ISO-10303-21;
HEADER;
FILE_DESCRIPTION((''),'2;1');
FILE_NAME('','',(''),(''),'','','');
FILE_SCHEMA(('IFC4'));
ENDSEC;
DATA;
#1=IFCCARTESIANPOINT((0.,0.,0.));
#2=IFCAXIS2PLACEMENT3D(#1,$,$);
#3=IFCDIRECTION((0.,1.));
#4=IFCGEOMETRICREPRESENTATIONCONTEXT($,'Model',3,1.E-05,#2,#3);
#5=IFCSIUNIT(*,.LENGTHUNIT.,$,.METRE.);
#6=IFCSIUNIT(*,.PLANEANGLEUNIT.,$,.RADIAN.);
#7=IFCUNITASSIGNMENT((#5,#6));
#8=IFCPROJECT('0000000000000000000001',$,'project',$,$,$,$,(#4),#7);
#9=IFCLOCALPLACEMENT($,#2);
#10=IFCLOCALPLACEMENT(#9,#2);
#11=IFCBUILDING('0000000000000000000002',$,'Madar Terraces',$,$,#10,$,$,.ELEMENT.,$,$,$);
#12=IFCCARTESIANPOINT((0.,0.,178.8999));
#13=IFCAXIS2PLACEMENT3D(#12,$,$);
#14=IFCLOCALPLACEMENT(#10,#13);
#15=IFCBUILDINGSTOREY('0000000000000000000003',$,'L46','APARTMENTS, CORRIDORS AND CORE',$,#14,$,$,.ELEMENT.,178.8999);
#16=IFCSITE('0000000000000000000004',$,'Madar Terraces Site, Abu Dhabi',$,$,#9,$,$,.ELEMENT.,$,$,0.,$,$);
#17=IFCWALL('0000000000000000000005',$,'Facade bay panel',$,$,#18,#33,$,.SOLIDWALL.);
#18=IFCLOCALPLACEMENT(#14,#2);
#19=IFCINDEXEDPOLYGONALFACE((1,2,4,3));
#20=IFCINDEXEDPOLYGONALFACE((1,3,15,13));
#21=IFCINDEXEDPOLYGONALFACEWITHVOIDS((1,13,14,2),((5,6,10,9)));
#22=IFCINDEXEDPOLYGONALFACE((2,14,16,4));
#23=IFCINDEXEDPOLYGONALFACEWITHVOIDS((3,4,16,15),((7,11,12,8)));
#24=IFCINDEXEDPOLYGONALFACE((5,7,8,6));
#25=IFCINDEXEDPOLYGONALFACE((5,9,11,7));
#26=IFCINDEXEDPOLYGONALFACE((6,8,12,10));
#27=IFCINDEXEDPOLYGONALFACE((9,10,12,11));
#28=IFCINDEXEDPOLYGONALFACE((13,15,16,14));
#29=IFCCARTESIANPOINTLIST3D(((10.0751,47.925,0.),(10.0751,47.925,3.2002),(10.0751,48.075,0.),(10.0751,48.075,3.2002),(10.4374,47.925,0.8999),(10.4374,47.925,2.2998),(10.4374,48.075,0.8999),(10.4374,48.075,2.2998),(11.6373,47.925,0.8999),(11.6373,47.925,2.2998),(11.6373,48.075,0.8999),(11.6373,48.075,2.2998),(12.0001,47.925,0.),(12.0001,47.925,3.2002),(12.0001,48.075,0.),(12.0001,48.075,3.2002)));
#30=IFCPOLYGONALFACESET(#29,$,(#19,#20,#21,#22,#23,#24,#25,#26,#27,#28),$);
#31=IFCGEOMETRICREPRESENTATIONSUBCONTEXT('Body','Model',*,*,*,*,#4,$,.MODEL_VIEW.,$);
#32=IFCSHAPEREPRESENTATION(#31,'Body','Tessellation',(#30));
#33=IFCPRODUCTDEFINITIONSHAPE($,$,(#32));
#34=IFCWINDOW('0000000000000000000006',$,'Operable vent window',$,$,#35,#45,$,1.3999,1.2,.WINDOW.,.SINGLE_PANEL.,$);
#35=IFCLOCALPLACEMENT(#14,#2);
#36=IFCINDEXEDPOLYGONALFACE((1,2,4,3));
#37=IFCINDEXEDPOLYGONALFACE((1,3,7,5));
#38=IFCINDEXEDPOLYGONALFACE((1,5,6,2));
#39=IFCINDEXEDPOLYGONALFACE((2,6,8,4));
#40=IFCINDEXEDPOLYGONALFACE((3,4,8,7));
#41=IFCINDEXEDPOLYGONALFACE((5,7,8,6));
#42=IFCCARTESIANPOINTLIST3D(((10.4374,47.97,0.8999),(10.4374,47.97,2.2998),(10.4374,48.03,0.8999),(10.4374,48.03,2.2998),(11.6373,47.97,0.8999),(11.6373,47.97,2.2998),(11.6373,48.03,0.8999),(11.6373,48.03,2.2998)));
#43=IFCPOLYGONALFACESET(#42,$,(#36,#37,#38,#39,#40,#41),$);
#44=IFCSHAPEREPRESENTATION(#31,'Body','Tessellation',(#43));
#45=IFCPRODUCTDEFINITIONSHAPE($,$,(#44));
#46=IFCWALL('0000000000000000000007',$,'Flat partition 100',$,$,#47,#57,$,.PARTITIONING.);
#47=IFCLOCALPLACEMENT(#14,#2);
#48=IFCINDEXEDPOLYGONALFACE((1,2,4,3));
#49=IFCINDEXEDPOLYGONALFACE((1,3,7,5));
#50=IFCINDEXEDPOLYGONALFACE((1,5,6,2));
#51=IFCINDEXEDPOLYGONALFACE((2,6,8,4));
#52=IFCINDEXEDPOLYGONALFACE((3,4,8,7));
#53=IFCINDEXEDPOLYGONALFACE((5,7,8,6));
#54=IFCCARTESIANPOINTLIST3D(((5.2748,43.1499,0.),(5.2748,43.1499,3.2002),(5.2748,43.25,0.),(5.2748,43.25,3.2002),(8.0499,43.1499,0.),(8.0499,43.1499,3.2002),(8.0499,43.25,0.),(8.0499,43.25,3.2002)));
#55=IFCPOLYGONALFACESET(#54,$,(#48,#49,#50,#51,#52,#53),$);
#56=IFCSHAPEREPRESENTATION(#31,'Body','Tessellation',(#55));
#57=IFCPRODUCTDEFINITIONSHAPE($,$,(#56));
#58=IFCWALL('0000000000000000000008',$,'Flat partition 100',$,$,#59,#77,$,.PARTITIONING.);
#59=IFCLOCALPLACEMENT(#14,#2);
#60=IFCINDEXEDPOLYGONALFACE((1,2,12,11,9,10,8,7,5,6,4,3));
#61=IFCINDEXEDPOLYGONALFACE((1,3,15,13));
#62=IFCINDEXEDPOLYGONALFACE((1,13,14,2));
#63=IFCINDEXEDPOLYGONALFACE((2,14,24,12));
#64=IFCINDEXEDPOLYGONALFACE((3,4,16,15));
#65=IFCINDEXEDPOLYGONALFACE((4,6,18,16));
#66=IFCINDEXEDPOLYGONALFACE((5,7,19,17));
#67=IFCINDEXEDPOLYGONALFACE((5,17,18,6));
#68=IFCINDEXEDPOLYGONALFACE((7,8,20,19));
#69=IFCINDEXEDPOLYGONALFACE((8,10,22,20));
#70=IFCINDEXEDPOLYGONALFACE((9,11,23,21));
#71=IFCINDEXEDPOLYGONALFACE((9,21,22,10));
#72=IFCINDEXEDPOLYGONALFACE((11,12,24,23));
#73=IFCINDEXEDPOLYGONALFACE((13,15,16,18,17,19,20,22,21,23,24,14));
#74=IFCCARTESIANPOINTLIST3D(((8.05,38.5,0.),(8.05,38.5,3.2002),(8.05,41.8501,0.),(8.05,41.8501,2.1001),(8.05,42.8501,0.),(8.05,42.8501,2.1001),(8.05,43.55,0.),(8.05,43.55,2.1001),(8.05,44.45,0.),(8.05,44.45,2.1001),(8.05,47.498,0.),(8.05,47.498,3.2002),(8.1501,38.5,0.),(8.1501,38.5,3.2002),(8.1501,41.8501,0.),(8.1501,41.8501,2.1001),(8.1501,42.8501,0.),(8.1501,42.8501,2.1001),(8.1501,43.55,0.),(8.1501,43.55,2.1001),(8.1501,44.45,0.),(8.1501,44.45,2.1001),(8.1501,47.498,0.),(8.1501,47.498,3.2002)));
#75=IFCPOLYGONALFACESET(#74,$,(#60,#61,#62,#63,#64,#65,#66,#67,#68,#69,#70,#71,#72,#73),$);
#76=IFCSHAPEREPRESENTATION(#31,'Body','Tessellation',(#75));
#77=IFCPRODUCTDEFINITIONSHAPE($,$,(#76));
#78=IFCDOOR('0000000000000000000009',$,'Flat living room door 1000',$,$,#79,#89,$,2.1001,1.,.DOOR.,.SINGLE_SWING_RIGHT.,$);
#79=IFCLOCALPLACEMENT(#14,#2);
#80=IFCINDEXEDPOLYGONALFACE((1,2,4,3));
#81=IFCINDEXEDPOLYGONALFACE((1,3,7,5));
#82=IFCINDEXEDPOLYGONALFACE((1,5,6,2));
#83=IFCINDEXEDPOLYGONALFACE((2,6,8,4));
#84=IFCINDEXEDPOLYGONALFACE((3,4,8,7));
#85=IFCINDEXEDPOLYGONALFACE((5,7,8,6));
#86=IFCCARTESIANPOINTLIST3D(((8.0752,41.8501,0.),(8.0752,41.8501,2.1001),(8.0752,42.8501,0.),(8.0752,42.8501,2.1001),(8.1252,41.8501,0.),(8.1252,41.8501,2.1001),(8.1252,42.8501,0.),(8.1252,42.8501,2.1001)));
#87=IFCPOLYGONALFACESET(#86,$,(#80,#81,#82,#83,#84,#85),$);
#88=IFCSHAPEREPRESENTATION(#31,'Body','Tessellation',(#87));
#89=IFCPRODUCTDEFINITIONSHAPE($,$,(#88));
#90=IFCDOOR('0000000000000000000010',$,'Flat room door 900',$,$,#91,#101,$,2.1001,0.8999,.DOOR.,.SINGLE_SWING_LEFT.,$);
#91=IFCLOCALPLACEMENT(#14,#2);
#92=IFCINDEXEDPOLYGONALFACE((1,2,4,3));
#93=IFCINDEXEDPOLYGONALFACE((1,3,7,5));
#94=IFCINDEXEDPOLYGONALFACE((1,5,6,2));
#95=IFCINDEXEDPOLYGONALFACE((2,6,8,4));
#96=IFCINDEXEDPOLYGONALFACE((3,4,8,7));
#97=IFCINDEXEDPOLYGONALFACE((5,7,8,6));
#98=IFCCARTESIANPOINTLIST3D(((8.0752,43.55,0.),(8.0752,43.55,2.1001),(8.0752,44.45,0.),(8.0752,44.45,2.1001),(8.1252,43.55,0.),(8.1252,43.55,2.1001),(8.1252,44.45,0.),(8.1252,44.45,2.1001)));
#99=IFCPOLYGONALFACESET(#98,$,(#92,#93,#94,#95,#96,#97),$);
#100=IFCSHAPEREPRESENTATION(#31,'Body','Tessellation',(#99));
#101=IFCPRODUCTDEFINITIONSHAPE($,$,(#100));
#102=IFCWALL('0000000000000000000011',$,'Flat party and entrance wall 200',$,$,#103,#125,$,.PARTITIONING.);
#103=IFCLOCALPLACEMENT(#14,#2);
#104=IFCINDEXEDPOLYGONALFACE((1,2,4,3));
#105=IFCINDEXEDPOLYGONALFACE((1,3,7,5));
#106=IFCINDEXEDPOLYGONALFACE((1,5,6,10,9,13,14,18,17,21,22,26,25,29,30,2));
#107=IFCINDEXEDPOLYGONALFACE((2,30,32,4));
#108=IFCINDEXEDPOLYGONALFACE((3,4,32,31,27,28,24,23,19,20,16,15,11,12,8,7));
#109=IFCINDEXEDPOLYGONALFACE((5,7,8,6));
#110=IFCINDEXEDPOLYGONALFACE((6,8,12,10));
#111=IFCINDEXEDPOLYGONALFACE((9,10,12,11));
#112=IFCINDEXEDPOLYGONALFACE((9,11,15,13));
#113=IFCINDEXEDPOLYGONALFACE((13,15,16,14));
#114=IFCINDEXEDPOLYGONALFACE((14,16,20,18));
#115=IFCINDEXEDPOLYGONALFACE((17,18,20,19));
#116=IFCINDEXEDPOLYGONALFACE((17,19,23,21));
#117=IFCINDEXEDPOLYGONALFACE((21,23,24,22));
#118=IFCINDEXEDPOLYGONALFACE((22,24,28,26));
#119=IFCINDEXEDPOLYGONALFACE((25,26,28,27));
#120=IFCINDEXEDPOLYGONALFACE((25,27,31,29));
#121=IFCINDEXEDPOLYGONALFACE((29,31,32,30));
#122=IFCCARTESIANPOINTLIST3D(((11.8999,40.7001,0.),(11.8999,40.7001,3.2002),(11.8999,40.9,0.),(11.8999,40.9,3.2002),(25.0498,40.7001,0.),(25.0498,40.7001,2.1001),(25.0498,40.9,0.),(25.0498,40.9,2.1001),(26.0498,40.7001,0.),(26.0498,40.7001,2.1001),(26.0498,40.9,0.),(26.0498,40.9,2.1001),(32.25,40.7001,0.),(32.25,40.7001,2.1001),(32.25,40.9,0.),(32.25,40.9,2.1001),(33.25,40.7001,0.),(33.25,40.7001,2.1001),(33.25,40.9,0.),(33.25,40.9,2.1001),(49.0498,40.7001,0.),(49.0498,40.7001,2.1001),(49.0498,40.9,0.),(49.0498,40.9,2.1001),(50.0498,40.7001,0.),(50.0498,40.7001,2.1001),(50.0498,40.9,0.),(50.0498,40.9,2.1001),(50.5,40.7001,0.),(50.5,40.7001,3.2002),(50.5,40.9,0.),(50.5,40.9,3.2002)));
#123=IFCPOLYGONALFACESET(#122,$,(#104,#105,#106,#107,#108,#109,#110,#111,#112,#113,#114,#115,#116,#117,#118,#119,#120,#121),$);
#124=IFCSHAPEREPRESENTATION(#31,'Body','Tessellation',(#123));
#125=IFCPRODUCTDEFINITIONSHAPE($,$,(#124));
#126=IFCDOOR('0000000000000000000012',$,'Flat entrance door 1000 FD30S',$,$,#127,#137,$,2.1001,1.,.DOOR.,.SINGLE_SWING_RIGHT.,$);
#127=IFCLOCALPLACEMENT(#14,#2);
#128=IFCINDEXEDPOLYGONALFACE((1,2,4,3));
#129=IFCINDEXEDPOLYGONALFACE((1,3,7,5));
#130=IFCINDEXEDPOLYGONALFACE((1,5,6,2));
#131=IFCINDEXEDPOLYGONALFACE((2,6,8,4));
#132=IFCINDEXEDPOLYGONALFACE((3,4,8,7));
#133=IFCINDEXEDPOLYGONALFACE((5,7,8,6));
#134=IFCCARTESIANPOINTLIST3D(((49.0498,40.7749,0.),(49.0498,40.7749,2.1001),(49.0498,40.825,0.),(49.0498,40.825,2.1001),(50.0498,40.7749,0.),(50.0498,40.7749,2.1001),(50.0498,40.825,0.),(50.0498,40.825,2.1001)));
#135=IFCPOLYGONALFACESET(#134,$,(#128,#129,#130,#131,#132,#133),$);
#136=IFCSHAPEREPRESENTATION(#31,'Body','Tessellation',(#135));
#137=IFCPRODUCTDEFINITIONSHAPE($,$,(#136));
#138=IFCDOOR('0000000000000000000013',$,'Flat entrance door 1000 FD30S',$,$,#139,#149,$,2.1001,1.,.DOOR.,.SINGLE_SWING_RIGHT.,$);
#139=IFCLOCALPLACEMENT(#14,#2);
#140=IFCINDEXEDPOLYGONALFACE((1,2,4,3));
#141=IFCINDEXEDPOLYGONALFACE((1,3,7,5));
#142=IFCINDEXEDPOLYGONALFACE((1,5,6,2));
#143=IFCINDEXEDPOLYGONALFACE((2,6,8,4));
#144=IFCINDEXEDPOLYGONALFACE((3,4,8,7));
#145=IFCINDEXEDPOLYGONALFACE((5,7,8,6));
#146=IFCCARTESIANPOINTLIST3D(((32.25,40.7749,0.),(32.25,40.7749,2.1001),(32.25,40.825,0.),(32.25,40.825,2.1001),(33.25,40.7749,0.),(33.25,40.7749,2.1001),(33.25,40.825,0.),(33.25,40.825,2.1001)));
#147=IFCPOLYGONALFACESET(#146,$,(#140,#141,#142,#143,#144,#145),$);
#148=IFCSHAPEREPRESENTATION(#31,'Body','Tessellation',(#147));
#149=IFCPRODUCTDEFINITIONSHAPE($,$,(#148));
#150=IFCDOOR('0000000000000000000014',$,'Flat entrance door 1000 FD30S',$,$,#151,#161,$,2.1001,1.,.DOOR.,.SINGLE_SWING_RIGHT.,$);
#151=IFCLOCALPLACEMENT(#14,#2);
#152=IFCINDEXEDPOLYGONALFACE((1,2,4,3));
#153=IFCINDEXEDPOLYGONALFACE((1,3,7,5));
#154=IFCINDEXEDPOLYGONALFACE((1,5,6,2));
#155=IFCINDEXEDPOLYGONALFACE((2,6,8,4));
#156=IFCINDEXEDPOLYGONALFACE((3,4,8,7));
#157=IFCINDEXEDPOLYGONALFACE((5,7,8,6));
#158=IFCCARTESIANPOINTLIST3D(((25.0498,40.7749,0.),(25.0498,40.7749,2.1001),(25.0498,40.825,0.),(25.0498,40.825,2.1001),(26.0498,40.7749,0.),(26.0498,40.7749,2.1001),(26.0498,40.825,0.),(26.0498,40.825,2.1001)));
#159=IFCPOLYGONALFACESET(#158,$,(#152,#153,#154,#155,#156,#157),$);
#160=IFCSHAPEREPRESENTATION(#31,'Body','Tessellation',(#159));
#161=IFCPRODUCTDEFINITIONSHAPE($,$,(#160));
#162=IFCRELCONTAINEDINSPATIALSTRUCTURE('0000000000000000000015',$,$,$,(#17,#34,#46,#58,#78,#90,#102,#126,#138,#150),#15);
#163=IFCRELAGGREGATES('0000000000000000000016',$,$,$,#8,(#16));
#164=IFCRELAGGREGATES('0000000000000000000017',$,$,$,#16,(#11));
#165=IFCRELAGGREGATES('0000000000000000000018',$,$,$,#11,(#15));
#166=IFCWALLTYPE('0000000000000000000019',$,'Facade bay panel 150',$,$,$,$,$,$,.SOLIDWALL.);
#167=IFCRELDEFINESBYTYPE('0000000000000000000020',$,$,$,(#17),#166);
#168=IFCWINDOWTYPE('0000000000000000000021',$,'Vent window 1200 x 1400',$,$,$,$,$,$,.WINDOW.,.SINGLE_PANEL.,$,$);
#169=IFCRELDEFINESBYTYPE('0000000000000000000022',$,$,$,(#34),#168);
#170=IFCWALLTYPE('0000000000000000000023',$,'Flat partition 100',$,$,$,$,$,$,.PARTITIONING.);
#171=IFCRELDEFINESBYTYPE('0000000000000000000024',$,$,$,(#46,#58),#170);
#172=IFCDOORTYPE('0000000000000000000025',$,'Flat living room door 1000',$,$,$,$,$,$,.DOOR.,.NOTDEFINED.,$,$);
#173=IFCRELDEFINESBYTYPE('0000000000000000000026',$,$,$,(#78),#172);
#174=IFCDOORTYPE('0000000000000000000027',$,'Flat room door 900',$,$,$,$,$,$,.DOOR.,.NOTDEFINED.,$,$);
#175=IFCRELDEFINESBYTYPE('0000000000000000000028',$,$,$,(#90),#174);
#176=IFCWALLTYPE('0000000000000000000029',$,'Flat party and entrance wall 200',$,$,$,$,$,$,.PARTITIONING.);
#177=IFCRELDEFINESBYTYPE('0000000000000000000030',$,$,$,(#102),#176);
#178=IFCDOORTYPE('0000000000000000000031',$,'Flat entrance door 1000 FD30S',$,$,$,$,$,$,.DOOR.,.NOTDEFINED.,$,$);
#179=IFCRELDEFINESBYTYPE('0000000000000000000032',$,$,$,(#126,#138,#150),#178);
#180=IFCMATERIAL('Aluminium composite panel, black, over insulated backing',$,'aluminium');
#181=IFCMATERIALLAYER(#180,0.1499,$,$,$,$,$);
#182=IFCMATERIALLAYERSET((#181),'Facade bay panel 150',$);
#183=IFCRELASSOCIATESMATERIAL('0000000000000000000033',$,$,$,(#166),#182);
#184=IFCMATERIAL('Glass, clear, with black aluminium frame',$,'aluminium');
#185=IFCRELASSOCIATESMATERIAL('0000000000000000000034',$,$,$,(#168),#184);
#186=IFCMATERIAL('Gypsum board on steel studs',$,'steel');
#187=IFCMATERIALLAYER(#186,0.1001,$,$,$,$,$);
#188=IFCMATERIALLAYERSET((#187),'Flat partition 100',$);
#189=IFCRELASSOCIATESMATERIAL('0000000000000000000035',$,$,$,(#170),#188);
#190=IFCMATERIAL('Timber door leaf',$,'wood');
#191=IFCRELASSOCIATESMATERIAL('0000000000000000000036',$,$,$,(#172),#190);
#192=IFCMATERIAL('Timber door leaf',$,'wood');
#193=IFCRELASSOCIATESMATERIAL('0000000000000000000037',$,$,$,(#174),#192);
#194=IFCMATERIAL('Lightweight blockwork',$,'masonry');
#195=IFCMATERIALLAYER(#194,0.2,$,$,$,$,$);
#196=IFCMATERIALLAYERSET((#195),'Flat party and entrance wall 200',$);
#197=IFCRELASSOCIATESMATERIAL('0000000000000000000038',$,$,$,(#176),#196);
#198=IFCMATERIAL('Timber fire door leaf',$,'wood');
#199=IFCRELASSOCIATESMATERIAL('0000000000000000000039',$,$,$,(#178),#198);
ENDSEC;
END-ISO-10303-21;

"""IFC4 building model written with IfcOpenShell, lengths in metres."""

from ifc_helpers import new_model, si_unit, direction, frame, frame_2d, origin, place, context, subcontext, project, spatial, rectangle, extrude, material, layer, layer_set, type_object, element, fill, save


model = new_model("IFC4")

# Units and contexts
model_context = context("Model", 3, precision=1e-05, world=origin(), true_north=direction((0.0, 1.0)))
body_context = subcontext(model_context, "Body", "Model", "MODEL_VIEW")
ifc_project = project(units=[si_unit("LENGTHUNIT", "METRE"), si_unit("PLANEANGLEUNIT", "RADIAN")], contexts=[model_context])

# Site, building, storey
site_placement = place(None, origin())
site = spatial("IfcSite", under=ifc_project, at=site_placement, Name="Madar Terraces Site, Abu Dhabi", CompositionType="ELEMENT", RefElevation=0.0)
building_placement = place(site_placement, origin())
building = spatial("IfcBuilding", under=site, at=building_placement, Name="Madar Terraces", CompositionType="ELEMENT")
storey_placement = place(building_placement, frame((0.0, 0.0, 178.8999)))
storey = spatial("IfcBuildingStorey", under=building, at=storey_placement, Name="L46", Description="APARTMENTS, CORRIDORS AND CORE", CompositionType="ELEMENT", Elevation=178.8999)

# Wall, opening, window
ifc_material_1 = material(Name="Aluminium composite panel, black, over insulated backing", Category="aluminium")
ifc_layer_1 = layer(ifc_material_1, 0.1499)
ifc_layer_set_1 = layer_set([ifc_layer_1], Name="Facade bay panel 150")
wall_type_1 = type_object("IfcWallType", Name="Facade bay panel 150", PredefinedType="SOLIDWALL", material=ifc_layer_set_1)
wall_1_placement = place(storey_placement, frame((12.0, 48.0, 0.0), z_axis=(0.0, 0.0, 1.0), x_axis=(-1.0, 0.0, 0.0)))
wall_1 = element("IfcWall", 1, at=wall_1_placement, inside=storey, type_object=wall_type_1, Name="Facade bay panel", PredefinedType="SOLIDWALL", context=body_context, shape_type="SweptSolid", body=[
    extrude(rectangle(XDim=1.925, YDim=0.1499, at=frame_2d((0.9624, 0.0))), origin(), (0.0, 0.0, 1.0), 3.2002),
])
opening_1_placement = place(wall_1_placement, frame((0.3625, 0.0, 0.8999)))
opening_1 = element("IfcOpeningElement", 2, at=opening_1_placement, cuts=wall_1, PredefinedType="OPENING", context=body_context, shape_type="SweptSolid", body=[
    extrude(rectangle(XDim=1.2, YDim=1.3999, at=frame_2d((0.6001, 0.7))), frame((0.0, 0.085, 0.0), z_axis=(0.0, -1.0, 0.0), x_axis=(1.0, 0.0, 0.0)), (0.0, 0.0, 1.0), 0.1699),
])
ifc_material_2 = material(Name="Glass, clear, with black aluminium frame", Category="aluminium")
window_type = type_object("IfcWindowType", Name="Vent window 1200 x 1400", PartitioningType="SINGLE_PANEL", PredefinedType="WINDOW", material=ifc_material_2)
window_placement = place(opening_1_placement, origin())
window = element("IfcWindow", 3, at=window_placement, inside=storey, type_object=window_type, Name="Operable vent window", OverallHeight=1.3999, OverallWidth=1.2, PartitioningType="SINGLE_PANEL", PredefinedType="WINDOW", context=body_context, shape_type="SweptSolid", body=[
    extrude(rectangle(XDim=1.2, YDim=1.3999, at=frame_2d((0.6001, 0.7))), frame((0.0, 0.03, 0.0), z_axis=(0.0, -1.0, 0.0), x_axis=(1.0, 0.0, 0.0)), (0.0, 0.0, 1.0), 0.0601),
])
fill(opening_1, window)

# Wall
ifc_material_3 = material(Name="Gypsum board on steel studs", Category="steel")
ifc_layer_2 = layer(ifc_material_3, 0.1001)
ifc_layer_set_2 = layer_set([ifc_layer_2], Name="Flat partition 100")
wall_type_2 = type_object("IfcWallType", Name="Flat partition 100", PredefinedType="PARTITIONING", material=ifc_layer_set_2)
wall_2_placement = place(storey_placement, frame((8.05, 43.2, 0.0), z_axis=(0.0, 0.0, 1.0), x_axis=(-1.0, 0.0, 0.0)))
element("IfcWall", 4, at=wall_2_placement, inside=storey, type_object=wall_type_2, Name="Flat partition 100", PredefinedType="PARTITIONING", context=body_context, shape_type="SweptSolid", body=[
    extrude(rectangle(XDim=2.7751, YDim=0.1001, at=frame_2d((1.3877, 0.0))), origin(), (0.0, 0.0, 1.0), 3.2002),
])

# Walls, openings, doors
wall_3_placement = place(storey_placement, frame((8.1001, 38.5, 0.0), z_axis=(0.0, 0.0, 1.0), x_axis=(0.0, 1.0, 0.0)))
wall_3 = element("IfcWall", 5, at=wall_3_placement, inside=storey, type_object=wall_type_2, Name="Flat partition 100", PredefinedType="PARTITIONING", context=body_context, shape_type="SweptSolid", body=[
    extrude(rectangle(XDim=8.998, YDim=0.1001, at=frame_2d((4.499, 0.0))), origin(), (0.0, 0.0, 1.0), 3.2002),
])
opening_2_placement = place(wall_3_placement, frame((3.3501, 0.0, 0.0)))
opening_2 = element("IfcOpeningElement", 6, at=opening_2_placement, cuts=wall_3, PredefinedType="OPENING", context=body_context, shape_type="SweptSolid", body=[
    extrude(rectangle(XDim=1.0, YDim=2.1001, at=frame_2d((0.5, 1.05))), frame((0.0, 0.0601, 0.0), z_axis=(0.0, -1.0, 0.0), x_axis=(1.0, 0.0, 0.0)), (0.0, 0.0, 1.0), 0.1201),
])
opening_3_placement = place(wall_3_placement, frame((5.05, 0.0, 0.0)))
opening_3 = element("IfcOpeningElement", 7, at=opening_3_placement, cuts=wall_3, PredefinedType="OPENING", context=body_context, shape_type="SweptSolid", body=[
    extrude(rectangle(XDim=0.8999, YDim=2.1001, at=frame_2d((0.45, 1.05))), frame((0.0, 0.0601, 0.0), z_axis=(0.0, -1.0, 0.0), x_axis=(1.0, 0.0, 0.0)), (0.0, 0.0, 1.0), 0.1201),
])
ifc_material_4 = material(Name="Timber door leaf", Category="wood")
door_type_1 = type_object("IfcDoorType", Name="Flat living room door 1000", OperationType="NOTDEFINED", PredefinedType="DOOR", material=ifc_material_4)
door_1_placement = place(opening_2_placement, origin())
door_1 = element("IfcDoor", 8, at=door_1_placement, inside=storey, type_object=door_type_1, Name="Flat living room door 1000", OperationType="SINGLE_SWING_RIGHT", OverallHeight=2.1001, OverallWidth=1.0, PredefinedType="DOOR", context=body_context, shape_type="SweptSolid", body=[
    extrude(rectangle(XDim=1.0, YDim=2.1001, at=frame_2d((0.5, 1.05))), frame((0.0, 0.0249, 0.0), z_axis=(0.0, -1.0, 0.0), x_axis=(1.0, 0.0, 0.0)), (0.0, 0.0, 1.0), 0.05),
])
fill(opening_2, door_1)
ifc_material_5 = material(Name="Timber door leaf", Category="wood")
door_type_2 = type_object("IfcDoorType", Name="Flat room door 900", OperationType="NOTDEFINED", PredefinedType="DOOR", material=ifc_material_5)
door_2_placement = place(opening_3_placement, origin())
door_2 = element("IfcDoor", 9, at=door_2_placement, inside=storey, type_object=door_type_2, Name="Flat room door 900", OperationType="SINGLE_SWING_LEFT", OverallHeight=2.1001, OverallWidth=0.8999, PredefinedType="DOOR", context=body_context, shape_type="SweptSolid", body=[
    extrude(rectangle(XDim=0.8999, YDim=2.1001, at=frame_2d((0.45, 1.05))), frame((0.0, 0.0249, 0.0), z_axis=(0.0, -1.0, 0.0), x_axis=(1.0, 0.0, 0.0)), (0.0, 0.0, 1.0), 0.05),
])
fill(opening_3, door_2)
ifc_material_6 = material(Name="Lightweight blockwork", Category="masonry")
ifc_layer_3 = layer(ifc_material_6, 0.2)
ifc_layer_set_3 = layer_set([ifc_layer_3], Name="Flat party and entrance wall 200")
wall_type_3 = type_object("IfcWallType", Name="Flat party and entrance wall 200", PredefinedType="PARTITIONING", material=ifc_layer_set_3)
wall_4_placement = place(storey_placement, frame((11.8999, 40.8, 0.0), z_axis=(0.0, 0.0, 1.0), x_axis=(1.0, 0.0, 0.0)))
wall_4 = element("IfcWall", 10, at=wall_4_placement, inside=storey, type_object=wall_type_3, Name="Flat party and entrance wall 200", PredefinedType="PARTITIONING", context=body_context, shape_type="SweptSolid", body=[
    extrude(rectangle(XDim=38.6001, YDim=0.2, at=frame_2d((19.3, 0.0))), origin(), (0.0, 0.0, 1.0), 3.2002),
])
opening_4_placement = place(wall_4_placement, frame((37.1499, 0.0, 0.0)))
opening_4 = element("IfcOpeningElement", 11, at=opening_4_placement, cuts=wall_4, PredefinedType="OPENING", context=body_context, shape_type="SweptSolid", body=[
    extrude(rectangle(XDim=1.0, YDim=2.1001, at=frame_2d((0.5, 1.05))), frame((0.0, 0.1099, 0.0), z_axis=(0.0, -1.0, 0.0), x_axis=(1.0, 0.0, 0.0)), (0.0, 0.0, 1.0), 0.22),
])
opening_5_placement = place(wall_4_placement, frame((20.3501, 0.0, 0.0)))
opening_5 = element("IfcOpeningElement", 12, at=opening_5_placement, cuts=wall_4, PredefinedType="OPENING", context=body_context, shape_type="SweptSolid", body=[
    extrude(rectangle(XDim=1.0, YDim=2.1001, at=frame_2d((0.5, 1.05))), frame((0.0, 0.1099, 0.0), z_axis=(0.0, -1.0, 0.0), x_axis=(1.0, 0.0, 0.0)), (0.0, 0.0, 1.0), 0.22),
])
opening_6_placement = place(wall_4_placement, frame((13.1499, 0.0, 0.0)))
opening_6 = element("IfcOpeningElement", 13, at=opening_6_placement, cuts=wall_4, PredefinedType="OPENING", context=body_context, shape_type="SweptSolid", body=[
    extrude(rectangle(XDim=1.0, YDim=2.1001, at=frame_2d((0.5, 1.05))), frame((0.0, 0.1099, 0.0), z_axis=(0.0, -1.0, 0.0), x_axis=(1.0, 0.0, 0.0)), (0.0, 0.0, 1.0), 0.22),
])
ifc_material_7 = material(Name="Timber fire door leaf", Category="wood")
door_type_3 = type_object("IfcDoorType", Name="Flat entrance door 1000 FD30S", OperationType="NOTDEFINED", PredefinedType="DOOR", material=ifc_material_7)
door_3_placement = place(opening_4_placement, origin())
door_3 = element("IfcDoor", 14, at=door_3_placement, inside=storey, type_object=door_type_3, Name="Flat entrance door 1000 FD30S", OperationType="SINGLE_SWING_RIGHT", OverallHeight=2.1001, OverallWidth=1.0, PredefinedType="DOOR", context=body_context, shape_type="SweptSolid", body=[
    extrude(rectangle(XDim=1.0, YDim=2.1001, at=frame_2d((0.5, 1.05))), frame((0.0, 0.0249, 0.0), z_axis=(0.0, -1.0, 0.0), x_axis=(1.0, 0.0, 0.0)), (0.0, 0.0, 1.0), 0.05),
])
fill(opening_4, door_3)
door_4_placement = place(opening_5_placement, origin())
door_4 = element("IfcDoor", 15, at=door_4_placement, inside=storey, type_object=door_type_3, Name="Flat entrance door 1000 FD30S", OperationType="SINGLE_SWING_RIGHT", OverallHeight=2.1001, OverallWidth=1.0, PredefinedType="DOOR", context=body_context, shape_type="SweptSolid", body=[
    extrude(rectangle(XDim=1.0, YDim=2.1001, at=frame_2d((0.5, 1.05))), frame((0.0, 0.0249, 0.0), z_axis=(0.0, -1.0, 0.0), x_axis=(1.0, 0.0, 0.0)), (0.0, 0.0, 1.0), 0.05),
])
fill(opening_5, door_4)
door_5_placement = place(opening_6_placement, origin())
door_5 = element("IfcDoor", 16, at=door_5_placement, inside=storey, type_object=door_type_3, Name="Flat entrance door 1000 FD30S", OperationType="SINGLE_SWING_RIGHT", OverallHeight=2.1001, OverallWidth=1.0, PredefinedType="DOOR", context=body_context, shape_type="SweptSolid", body=[
    extrude(rectangle(XDim=1.0, YDim=2.1001, at=frame_2d((0.5, 1.05))), frame((0.0, 0.0249, 0.0), z_axis=(0.0, -1.0, 0.0), x_axis=(1.0, 0.0, 0.0)), (0.0, 0.0, 1.0), 0.05),
])
fill(opening_6, door_5)

save(model, "model.ifc")
